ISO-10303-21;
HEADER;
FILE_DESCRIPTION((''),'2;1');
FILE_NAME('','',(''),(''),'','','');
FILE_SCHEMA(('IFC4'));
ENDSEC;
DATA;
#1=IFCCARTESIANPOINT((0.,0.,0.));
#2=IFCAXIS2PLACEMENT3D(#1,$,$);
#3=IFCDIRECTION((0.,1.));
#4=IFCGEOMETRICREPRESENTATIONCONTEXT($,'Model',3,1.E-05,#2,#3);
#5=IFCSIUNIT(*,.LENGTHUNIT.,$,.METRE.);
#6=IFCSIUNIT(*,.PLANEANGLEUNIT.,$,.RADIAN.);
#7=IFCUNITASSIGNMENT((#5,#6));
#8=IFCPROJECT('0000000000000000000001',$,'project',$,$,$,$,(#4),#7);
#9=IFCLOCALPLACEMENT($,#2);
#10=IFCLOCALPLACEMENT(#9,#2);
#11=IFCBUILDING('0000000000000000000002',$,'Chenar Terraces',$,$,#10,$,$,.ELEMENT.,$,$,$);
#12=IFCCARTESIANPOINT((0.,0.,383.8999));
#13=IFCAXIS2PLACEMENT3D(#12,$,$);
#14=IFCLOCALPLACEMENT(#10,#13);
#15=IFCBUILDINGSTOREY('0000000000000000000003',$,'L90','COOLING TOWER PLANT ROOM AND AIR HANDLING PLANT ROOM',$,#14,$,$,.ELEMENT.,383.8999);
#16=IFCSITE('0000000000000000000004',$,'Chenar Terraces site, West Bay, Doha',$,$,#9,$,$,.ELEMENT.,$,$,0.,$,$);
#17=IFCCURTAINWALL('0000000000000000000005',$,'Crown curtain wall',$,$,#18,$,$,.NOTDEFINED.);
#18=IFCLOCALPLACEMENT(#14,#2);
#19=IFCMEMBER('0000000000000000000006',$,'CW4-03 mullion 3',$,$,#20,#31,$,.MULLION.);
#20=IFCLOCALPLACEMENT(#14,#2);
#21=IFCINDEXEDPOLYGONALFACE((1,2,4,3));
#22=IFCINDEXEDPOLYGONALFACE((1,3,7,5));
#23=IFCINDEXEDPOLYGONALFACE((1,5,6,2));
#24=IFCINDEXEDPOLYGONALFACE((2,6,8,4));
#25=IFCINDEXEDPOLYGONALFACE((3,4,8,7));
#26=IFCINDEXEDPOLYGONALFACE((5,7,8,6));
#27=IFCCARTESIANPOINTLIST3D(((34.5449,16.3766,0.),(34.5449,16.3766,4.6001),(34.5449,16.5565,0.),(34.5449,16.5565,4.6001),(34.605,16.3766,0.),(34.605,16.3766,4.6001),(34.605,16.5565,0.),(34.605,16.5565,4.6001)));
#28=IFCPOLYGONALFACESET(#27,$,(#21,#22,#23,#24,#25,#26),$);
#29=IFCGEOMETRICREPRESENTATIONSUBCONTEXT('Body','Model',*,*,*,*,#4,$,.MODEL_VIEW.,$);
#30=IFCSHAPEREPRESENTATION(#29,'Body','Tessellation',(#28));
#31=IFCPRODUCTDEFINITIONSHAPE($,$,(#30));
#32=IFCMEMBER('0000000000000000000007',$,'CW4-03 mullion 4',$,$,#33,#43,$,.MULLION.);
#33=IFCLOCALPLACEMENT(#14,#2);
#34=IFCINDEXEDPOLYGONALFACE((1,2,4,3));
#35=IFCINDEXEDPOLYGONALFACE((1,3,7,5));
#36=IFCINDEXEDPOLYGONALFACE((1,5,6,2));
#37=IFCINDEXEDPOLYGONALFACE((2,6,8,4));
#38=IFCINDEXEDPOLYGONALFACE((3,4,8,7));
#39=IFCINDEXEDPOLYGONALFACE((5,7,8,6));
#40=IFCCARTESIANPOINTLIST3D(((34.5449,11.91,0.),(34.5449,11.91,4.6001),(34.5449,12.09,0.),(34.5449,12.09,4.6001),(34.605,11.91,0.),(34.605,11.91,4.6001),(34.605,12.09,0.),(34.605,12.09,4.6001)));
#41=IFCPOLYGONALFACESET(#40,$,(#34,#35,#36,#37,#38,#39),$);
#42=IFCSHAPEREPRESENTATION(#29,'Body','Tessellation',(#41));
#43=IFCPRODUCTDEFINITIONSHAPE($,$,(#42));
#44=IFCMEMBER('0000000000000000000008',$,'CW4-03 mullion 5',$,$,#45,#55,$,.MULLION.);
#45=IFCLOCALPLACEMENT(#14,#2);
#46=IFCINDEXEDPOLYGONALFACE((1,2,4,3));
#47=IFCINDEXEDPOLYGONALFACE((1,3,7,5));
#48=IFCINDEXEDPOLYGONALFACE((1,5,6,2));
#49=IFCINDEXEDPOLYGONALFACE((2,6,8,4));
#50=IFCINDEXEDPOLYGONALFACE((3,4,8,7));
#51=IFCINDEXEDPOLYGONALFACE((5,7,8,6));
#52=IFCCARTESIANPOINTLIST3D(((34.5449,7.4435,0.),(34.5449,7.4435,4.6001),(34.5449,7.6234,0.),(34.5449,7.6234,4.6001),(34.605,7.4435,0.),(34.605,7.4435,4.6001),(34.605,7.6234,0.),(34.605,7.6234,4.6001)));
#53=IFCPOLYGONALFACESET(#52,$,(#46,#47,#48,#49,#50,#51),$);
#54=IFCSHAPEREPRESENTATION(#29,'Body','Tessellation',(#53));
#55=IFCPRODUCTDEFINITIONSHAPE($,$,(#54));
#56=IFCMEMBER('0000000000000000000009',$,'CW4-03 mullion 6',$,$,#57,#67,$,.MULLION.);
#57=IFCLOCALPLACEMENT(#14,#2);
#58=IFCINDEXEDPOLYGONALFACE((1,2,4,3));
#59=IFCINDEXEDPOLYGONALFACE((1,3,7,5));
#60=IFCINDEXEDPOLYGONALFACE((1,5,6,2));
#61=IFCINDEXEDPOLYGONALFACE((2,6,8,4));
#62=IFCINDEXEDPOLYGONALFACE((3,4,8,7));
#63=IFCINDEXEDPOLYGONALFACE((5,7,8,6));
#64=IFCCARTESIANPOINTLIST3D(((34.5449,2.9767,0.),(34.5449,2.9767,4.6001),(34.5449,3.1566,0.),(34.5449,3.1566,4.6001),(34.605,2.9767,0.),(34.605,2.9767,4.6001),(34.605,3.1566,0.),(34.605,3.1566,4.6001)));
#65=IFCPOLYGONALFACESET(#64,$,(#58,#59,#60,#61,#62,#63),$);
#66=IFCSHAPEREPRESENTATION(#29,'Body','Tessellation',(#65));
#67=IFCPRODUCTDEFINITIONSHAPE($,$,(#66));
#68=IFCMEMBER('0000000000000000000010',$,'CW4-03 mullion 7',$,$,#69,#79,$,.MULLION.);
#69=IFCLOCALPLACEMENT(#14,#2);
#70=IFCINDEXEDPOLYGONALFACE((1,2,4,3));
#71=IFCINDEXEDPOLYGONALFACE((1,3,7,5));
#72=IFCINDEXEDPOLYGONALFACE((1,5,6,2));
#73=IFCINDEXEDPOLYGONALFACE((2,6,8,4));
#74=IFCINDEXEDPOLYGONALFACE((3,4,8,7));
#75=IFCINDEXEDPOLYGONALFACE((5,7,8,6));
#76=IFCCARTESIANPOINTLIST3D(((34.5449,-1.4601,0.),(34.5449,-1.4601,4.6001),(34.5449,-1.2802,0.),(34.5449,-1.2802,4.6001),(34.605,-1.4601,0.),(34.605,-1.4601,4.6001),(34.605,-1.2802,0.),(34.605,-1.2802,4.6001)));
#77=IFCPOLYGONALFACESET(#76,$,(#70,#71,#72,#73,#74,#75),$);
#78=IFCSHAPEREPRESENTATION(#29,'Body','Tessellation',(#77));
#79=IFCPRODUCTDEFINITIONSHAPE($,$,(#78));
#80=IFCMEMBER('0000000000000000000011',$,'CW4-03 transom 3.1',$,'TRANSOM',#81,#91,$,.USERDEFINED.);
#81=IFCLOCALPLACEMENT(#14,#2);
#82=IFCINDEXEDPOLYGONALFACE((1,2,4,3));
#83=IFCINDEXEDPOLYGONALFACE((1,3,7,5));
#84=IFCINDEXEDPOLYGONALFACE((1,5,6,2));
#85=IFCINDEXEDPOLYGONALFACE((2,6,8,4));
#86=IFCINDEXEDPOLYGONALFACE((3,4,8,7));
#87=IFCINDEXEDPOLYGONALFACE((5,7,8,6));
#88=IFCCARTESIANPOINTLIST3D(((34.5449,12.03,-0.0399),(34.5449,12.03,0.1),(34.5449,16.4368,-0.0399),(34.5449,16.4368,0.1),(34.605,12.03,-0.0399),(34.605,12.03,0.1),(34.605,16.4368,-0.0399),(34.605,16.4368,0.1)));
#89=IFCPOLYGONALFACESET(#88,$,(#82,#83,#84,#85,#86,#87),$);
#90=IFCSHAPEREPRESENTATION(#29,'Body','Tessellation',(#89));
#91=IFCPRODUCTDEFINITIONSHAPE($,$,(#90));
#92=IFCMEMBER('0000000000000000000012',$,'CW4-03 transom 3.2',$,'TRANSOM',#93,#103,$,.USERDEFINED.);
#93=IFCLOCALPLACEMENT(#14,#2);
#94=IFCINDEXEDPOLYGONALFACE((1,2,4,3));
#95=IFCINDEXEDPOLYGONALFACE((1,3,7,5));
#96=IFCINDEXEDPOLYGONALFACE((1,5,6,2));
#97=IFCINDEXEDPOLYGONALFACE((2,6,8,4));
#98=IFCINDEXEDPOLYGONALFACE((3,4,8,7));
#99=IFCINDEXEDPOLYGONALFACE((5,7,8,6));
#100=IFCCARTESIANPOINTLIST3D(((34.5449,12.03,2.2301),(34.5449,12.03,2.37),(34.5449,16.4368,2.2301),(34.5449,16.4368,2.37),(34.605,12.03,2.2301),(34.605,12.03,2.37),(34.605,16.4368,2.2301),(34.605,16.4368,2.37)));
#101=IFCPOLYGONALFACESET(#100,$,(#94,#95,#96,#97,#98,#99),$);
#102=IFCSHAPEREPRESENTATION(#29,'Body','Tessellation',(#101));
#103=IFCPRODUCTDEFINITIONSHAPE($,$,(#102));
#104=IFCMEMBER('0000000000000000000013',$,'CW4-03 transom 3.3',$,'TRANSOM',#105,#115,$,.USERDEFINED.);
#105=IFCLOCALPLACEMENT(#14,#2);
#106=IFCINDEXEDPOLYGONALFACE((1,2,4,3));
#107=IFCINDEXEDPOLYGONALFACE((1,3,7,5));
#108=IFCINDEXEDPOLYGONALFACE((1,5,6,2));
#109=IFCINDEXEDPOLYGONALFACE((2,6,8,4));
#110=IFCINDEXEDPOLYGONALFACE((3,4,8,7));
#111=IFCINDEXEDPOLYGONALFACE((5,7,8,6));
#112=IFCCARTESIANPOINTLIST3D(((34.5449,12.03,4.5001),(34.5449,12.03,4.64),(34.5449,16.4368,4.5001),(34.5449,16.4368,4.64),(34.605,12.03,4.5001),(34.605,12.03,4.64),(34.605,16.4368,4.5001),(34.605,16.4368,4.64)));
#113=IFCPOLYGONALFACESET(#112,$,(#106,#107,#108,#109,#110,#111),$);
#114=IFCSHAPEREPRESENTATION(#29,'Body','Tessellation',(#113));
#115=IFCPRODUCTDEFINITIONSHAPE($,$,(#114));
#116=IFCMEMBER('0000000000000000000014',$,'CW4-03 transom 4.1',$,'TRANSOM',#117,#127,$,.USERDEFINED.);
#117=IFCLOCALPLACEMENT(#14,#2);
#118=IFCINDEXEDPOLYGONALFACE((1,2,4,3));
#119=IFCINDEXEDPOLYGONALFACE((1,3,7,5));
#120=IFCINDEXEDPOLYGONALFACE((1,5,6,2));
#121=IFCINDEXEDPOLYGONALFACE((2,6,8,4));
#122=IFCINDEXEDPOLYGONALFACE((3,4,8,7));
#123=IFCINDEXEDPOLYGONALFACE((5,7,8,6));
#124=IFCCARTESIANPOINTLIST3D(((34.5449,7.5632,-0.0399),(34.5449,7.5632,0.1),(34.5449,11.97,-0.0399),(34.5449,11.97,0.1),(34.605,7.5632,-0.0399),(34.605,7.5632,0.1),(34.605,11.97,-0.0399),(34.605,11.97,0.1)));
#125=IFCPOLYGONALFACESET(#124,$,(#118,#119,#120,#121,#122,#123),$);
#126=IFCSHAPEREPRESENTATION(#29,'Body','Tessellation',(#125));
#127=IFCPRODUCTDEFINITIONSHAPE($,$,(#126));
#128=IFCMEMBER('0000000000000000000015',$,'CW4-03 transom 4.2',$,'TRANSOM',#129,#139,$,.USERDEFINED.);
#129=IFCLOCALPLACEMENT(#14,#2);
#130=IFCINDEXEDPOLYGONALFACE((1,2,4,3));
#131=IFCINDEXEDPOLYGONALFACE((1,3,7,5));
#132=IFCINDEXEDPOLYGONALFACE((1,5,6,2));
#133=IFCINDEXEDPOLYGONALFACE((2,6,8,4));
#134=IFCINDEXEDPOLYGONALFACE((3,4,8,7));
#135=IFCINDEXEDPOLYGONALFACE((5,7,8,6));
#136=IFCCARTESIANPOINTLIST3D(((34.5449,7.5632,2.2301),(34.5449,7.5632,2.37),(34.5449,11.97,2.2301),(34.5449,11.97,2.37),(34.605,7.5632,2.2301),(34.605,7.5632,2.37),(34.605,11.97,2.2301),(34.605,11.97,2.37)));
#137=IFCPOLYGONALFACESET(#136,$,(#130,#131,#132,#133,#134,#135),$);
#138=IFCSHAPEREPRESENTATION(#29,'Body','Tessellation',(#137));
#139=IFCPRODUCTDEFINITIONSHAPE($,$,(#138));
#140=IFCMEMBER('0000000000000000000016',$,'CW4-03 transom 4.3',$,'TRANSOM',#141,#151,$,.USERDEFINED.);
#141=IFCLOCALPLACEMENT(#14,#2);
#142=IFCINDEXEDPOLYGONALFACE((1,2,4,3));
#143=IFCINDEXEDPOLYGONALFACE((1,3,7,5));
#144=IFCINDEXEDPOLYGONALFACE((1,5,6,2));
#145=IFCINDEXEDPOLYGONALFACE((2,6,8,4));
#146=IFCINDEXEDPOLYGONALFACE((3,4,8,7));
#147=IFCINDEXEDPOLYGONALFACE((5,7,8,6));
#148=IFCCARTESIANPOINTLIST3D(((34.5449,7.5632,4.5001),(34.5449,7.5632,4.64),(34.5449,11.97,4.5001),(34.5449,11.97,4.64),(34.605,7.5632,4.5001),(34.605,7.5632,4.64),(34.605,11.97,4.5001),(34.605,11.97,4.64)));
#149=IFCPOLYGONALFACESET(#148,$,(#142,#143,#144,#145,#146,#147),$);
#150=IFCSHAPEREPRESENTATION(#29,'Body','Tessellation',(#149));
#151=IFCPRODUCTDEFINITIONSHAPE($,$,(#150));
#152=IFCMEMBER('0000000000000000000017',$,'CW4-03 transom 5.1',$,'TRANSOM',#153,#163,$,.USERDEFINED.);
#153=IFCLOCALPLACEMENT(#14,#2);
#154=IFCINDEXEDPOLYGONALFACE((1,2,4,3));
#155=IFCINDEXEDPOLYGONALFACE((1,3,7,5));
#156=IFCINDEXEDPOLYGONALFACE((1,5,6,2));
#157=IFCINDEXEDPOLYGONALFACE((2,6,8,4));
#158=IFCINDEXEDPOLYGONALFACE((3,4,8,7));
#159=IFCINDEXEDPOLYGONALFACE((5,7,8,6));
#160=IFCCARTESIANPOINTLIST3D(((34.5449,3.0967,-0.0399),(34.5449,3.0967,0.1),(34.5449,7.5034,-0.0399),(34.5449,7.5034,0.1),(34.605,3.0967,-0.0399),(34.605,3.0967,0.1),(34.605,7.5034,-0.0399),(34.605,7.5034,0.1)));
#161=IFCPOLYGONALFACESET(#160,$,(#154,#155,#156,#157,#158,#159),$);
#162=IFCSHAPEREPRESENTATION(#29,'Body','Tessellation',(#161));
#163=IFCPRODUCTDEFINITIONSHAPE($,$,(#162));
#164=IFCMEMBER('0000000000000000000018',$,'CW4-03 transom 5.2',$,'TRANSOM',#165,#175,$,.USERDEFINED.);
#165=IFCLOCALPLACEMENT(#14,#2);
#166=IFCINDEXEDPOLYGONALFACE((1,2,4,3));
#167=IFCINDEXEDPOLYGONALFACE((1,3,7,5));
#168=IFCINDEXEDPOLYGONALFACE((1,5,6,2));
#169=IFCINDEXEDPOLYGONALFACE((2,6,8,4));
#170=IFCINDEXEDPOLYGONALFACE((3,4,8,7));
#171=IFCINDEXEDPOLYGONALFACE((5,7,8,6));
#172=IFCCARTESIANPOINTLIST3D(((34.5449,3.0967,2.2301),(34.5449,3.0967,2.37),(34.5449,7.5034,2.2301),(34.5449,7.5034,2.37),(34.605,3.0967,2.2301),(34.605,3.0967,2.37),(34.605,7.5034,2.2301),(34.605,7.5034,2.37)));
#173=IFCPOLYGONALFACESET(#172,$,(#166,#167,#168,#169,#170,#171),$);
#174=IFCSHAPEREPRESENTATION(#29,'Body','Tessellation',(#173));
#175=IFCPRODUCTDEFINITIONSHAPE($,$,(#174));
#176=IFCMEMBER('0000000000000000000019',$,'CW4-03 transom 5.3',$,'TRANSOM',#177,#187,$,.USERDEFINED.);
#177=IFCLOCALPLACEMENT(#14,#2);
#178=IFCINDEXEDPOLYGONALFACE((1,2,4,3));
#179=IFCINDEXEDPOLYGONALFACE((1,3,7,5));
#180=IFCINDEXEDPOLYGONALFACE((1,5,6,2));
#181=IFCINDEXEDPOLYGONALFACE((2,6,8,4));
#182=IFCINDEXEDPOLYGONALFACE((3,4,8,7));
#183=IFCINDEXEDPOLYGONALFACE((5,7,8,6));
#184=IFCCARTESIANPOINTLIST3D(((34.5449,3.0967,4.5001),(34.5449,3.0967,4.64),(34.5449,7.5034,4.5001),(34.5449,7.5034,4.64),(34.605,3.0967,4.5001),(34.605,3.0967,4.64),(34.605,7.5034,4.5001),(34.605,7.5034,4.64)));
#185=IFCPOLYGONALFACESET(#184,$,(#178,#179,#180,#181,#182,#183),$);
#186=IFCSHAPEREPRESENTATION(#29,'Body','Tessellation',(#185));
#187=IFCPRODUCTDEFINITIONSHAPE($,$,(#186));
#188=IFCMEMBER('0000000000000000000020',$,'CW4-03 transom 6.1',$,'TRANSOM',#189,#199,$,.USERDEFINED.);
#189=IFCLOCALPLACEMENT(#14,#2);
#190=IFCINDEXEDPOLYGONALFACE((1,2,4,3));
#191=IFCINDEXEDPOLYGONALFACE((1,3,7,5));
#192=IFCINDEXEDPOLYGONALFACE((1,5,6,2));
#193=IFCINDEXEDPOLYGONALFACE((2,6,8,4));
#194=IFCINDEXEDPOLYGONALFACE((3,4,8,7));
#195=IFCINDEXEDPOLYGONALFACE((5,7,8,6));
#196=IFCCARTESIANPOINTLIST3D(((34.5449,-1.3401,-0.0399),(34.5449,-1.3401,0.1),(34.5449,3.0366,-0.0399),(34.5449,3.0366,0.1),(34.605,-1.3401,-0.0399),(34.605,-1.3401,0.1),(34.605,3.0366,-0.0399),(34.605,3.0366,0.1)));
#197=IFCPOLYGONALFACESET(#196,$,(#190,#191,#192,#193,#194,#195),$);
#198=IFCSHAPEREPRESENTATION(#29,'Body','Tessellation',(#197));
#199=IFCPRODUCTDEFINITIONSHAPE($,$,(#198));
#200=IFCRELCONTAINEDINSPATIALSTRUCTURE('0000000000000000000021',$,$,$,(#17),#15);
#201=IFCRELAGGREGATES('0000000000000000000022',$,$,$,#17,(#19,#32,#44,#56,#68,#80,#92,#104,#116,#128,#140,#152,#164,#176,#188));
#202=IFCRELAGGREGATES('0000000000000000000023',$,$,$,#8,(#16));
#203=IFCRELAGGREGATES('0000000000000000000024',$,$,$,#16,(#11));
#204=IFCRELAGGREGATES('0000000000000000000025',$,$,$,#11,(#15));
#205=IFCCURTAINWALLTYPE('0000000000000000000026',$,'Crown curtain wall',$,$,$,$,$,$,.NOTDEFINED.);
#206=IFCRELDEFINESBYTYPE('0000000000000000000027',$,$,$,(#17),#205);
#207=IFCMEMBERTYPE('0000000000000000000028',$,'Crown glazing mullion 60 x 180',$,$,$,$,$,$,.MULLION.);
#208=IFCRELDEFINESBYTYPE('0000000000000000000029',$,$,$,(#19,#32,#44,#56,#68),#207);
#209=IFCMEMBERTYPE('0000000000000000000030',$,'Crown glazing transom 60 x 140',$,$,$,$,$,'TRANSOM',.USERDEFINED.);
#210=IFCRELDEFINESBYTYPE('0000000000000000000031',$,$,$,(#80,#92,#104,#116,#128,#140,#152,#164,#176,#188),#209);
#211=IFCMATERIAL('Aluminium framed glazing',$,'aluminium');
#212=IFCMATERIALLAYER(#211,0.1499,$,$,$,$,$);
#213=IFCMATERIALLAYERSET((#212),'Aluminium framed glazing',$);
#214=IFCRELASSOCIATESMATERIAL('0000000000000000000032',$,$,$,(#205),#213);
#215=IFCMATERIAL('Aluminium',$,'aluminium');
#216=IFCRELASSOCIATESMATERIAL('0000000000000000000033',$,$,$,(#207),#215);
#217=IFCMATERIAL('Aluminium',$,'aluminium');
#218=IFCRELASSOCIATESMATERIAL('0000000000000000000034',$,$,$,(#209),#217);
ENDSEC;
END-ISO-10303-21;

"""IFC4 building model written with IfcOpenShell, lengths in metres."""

from ifc_helpers import new_model, si_unit, direction, frame, origin, origin_2d, place, context, subcontext, project, spatial, rectangle, extrude, material, layer, layer_set, material_profile, profile_set, type_object, element, aggregate, save


model = new_model("IFC4")

# Units and contexts
model_context = context("Model", 3, precision=1e-05, world=origin(), true_north=direction((0.0, 1.0)))
body_context = subcontext(model_context, "Body", "Model", "MODEL_VIEW")
ifc_project = project(units=[si_unit("LENGTHUNIT", "METRE"), si_unit("PLANEANGLEUNIT", "RADIAN")], contexts=[model_context])

# Site, building, storey
site_placement = place(None, origin())
site = spatial("IfcSite", under=ifc_project, at=site_placement, Name="Chenar Terraces site, West Bay, Doha", CompositionType="ELEMENT", RefElevation=0.0)
building_placement = place(site_placement, origin())
building = spatial("IfcBuilding", under=site, at=building_placement, Name="Chenar Terraces", CompositionType="ELEMENT")
storey_placement = place(building_placement, frame((0.0, 0.0, 383.8999)))
storey = spatial("IfcBuildingStorey", under=building, at=storey_placement, Name="L90", Description="COOLING TOWER PLANT ROOM AND AIR HANDLING PLANT ROOM", CompositionType="ELEMENT", Elevation=383.8999)

# Curtain wall, members
ifc_material_1 = material(Name="Aluminium framed glazing", Category="aluminium")
ifc_layer_1 = layer(ifc_material_1, 0.1499)
ifc_layer_set_1 = layer_set([ifc_layer_1], Name="Aluminium framed glazing")
curtain_wall_type = type_object("IfcCurtainWallType", Name="Crown curtain wall", PredefinedType="NOTDEFINED", material=ifc_layer_set_1)
curtain_wall_placement = place(storey_placement, origin())
curtain_wall = element("IfcCurtainWall", 1, at=curtain_wall_placement, inside=storey, type_object=curtain_wall_type, Name="Crown curtain wall", PredefinedType="NOTDEFINED")
ifc_material_2 = material(Name="Aluminium", Category="aluminium")
ifc_material_profile_1 = material_profile(ifc_material_2, rectangle(XDim=0.0601, YDim=0.1799, at=origin_2d()), Name="Crown glazing mullion 60 x 180")
ifc_profile_set_1 = profile_set([ifc_material_profile_1], Name="Aluminium")
member_type_1 = type_object("IfcMemberType", Name="Crown glazing mullion 60 x 180", PredefinedType="MULLION", material=ifc_profile_set_1)
member_1_placement = place(storey_placement, frame((34.575, 16.4666, 0.0), z_axis=(0.0, 0.0, 1.0), x_axis=(1.0, 0.0, 0.0)))
member_1 = element("IfcMember", 2, at=member_1_placement, type_object=member_type_1, Name="CW4-03 mullion 3", PredefinedType="MULLION", context=body_context, shape_type="SweptSolid", body=[
    extrude(rectangle(XDim=0.0601, YDim=0.1799, at=origin_2d()), origin(), (0.0, 0.0, 1.0), 4.6001),
])
member_2_placement = place(storey_placement, frame((34.575, 12.0, 0.0), z_axis=(0.0, 0.0, 1.0), x_axis=(1.0, 0.0, 0.0)))
member_2 = element("IfcMember", 3, at=member_2_placement, type_object=member_type_1, Name="CW4-03 mullion 4", PredefinedType="MULLION", context=body_context, shape_type="SweptSolid", body=[
    extrude(rectangle(XDim=0.0601, YDim=0.1799, at=origin_2d()), origin(), (0.0, 0.0, 1.0), 4.6001),
])
member_3_placement = place(storey_placement, frame((34.575, 7.5334, 0.0), z_axis=(0.0, 0.0, 1.0), x_axis=(1.0, 0.0, 0.0)))
member_3 = element("IfcMember", 4, at=member_3_placement, type_object=member_type_1, Name="CW4-03 mullion 5", PredefinedType="MULLION", context=body_context, shape_type="SweptSolid", body=[
    extrude(rectangle(XDim=0.0601, YDim=0.1799, at=origin_2d()), origin(), (0.0, 0.0, 1.0), 4.6001),
])
member_4_placement = place(storey_placement, frame((34.575, 3.0667, 0.0), z_axis=(0.0, 0.0, 1.0), x_axis=(1.0, 0.0, 0.0)))
member_4 = element("IfcMember", 5, at=member_4_placement, type_object=member_type_1, Name="CW4-03 mullion 6", PredefinedType="MULLION", context=body_context, shape_type="SweptSolid", body=[
    extrude(rectangle(XDim=0.0601, YDim=0.1799, at=origin_2d()), origin(), (0.0, 0.0, 1.0), 4.6001),
])
member_5_placement = place(storey_placement, frame((34.575, -1.3701, 0.0), z_axis=(0.0, 0.0, 1.0), x_axis=(1.0, 0.0, 0.0)))
member_5 = element("IfcMember", 6, at=member_5_placement, type_object=member_type_1, Name="CW4-03 mullion 7", PredefinedType="MULLION", context=body_context, shape_type="SweptSolid", body=[
    extrude(rectangle(XDim=0.0601, YDim=0.1799, at=origin_2d()), origin(), (0.0, 0.0, 1.0), 4.6001),
])
ifc_material_3 = material(Name="Aluminium", Category="aluminium")
ifc_material_profile_2 = material_profile(ifc_material_3, rectangle(XDim=0.0601, YDim=0.1399, at=origin_2d()), Name="Crown glazing transom 60 x 140")
ifc_profile_set_2 = profile_set([ifc_material_profile_2], Name="Aluminium")
member_type_2 = type_object("IfcMemberType", Name="Crown glazing transom 60 x 140", ElementType="TRANSOM", PredefinedType="USERDEFINED", material=ifc_profile_set_2)
member_6_placement = place(storey_placement, frame((34.575, 16.4368, 0.03), z_axis=(0.0, -1.0, 0.0), x_axis=(1.0, 0.0, 0.0)))
member_6 = element("IfcMember", 7, at=member_6_placement, type_object=member_type_2, Name="CW4-03 transom 3.1", ObjectType="TRANSOM", PredefinedType="USERDEFINED", context=body_context, shape_type="SweptSolid", body=[
    extrude(rectangle(XDim=0.0601, YDim=0.1399, at=origin_2d()), origin(), (0.0, 0.0, 1.0), 4.4067),
])
member_7_placement = place(storey_placement, frame((34.575, 16.4368, 2.3), z_axis=(0.0, -1.0, 0.0), x_axis=(1.0, 0.0, 0.0)))
member_7 = element("IfcMember", 8, at=member_7_placement, type_object=member_type_2, Name="CW4-03 transom 3.2", ObjectType="TRANSOM", PredefinedType="USERDEFINED", context=body_context, shape_type="SweptSolid", body=[
    extrude(rectangle(XDim=0.0601, YDim=0.1399, at=origin_2d()), origin(), (0.0, 0.0, 1.0), 4.4067),
])
member_8_placement = place(storey_placement, frame((34.575, 16.4368, 4.5701), z_axis=(0.0, -1.0, 0.0), x_axis=(1.0, 0.0, 0.0)))
member_8 = element("IfcMember", 9, at=member_8_placement, type_object=member_type_2, Name="CW4-03 transom 3.3", ObjectType="TRANSOM", PredefinedType="USERDEFINED", context=body_context, shape_type="SweptSolid", body=[
    extrude(rectangle(XDim=0.0601, YDim=0.1399, at=origin_2d()), origin(), (0.0, 0.0, 1.0), 4.4067),
])
member_9_placement = place(storey_placement, frame((34.575, 11.97, 0.03), z_axis=(0.0, -1.0, 0.0), x_axis=(1.0, 0.0, 0.0)))
member_9 = element("IfcMember", 10, at=member_9_placement, type_object=member_type_2, Name="CW4-03 transom 4.1", ObjectType="TRANSOM", PredefinedType="USERDEFINED", context=body_context, shape_type="SweptSolid", body=[
    extrude(rectangle(XDim=0.0601, YDim=0.1399, at=origin_2d()), origin(), (0.0, 0.0, 1.0), 4.4067),
])
member_10_placement = place(storey_placement, frame((34.575, 11.97, 2.3), z_axis=(0.0, -1.0, 0.0), x_axis=(1.0, 0.0, 0.0)))
member_10 = element("IfcMember", 11, at=member_10_placement, type_object=member_type_2, Name="CW4-03 transom 4.2", ObjectType="TRANSOM", PredefinedType="USERDEFINED", context=body_context, shape_type="SweptSolid", body=[
    extrude(rectangle(XDim=0.0601, YDim=0.1399, at=origin_2d()), origin(), (0.0, 0.0, 1.0), 4.4067),
])
member_11_placement = place(storey_placement, frame((34.575, 11.97, 4.5701), z_axis=(0.0, -1.0, 0.0), x_axis=(1.0, 0.0, 0.0)))
member_11 = element("IfcMember", 12, at=member_11_placement, type_object=member_type_2, Name="CW4-03 transom 4.3", ObjectType="TRANSOM", PredefinedType="USERDEFINED", context=body_context, shape_type="SweptSolid", body=[
    extrude(rectangle(XDim=0.0601, YDim=0.1399, at=origin_2d()), origin(), (0.0, 0.0, 1.0), 4.4067),
])
member_12_placement = place(storey_placement, frame((34.575, 7.5034, 0.03), z_axis=(0.0, -1.0, 0.0), x_axis=(1.0, 0.0, 0.0)))
member_12 = element("IfcMember", 13, at=member_12_placement, type_object=member_type_2, Name="CW4-03 transom 5.1", ObjectType="TRANSOM", PredefinedType="USERDEFINED", context=body_context, shape_type="SweptSolid", body=[
    extrude(rectangle(XDim=0.0601, YDim=0.1399, at=origin_2d()), origin(), (0.0, 0.0, 1.0), 4.4067),
])
member_13_placement = place(storey_placement, frame((34.575, 7.5034, 2.3), z_axis=(0.0, -1.0, 0.0), x_axis=(1.0, 0.0, 0.0)))
member_13 = element("IfcMember", 14, at=member_13_placement, type_object=member_type_2, Name="CW4-03 transom 5.2", ObjectType="TRANSOM", PredefinedType="USERDEFINED", context=body_context, shape_type="SweptSolid", body=[
    extrude(rectangle(XDim=0.0601, YDim=0.1399, at=origin_2d()), origin(), (0.0, 0.0, 1.0), 4.4067),
])
member_14_placement = place(storey_placement, frame((34.575, 7.5034, 4.5701), z_axis=(0.0, -1.0, 0.0), x_axis=(1.0, 0.0, 0.0)))
member_14 = element("IfcMember", 15, at=member_14_placement, type_object=member_type_2, Name="CW4-03 transom 5.3", ObjectType="TRANSOM", PredefinedType="USERDEFINED", context=body_context, shape_type="SweptSolid", body=[
    extrude(rectangle(XDim=0.0601, YDim=0.1399, at=origin_2d()), origin(), (0.0, 0.0, 1.0), 4.4067),
])
member_15_placement = place(storey_placement, frame((34.575, 3.0366, 0.03), z_axis=(0.0, -1.0, 0.0), x_axis=(1.0, 0.0, 0.0)))
member_15 = element("IfcMember", 16, at=member_15_placement, type_object=member_type_2, Name="CW4-03 transom 6.1", ObjectType="TRANSOM", PredefinedType="USERDEFINED", context=body_context, shape_type="SweptSolid", body=[
    extrude(rectangle(XDim=0.0601, YDim=0.1399, at=origin_2d()), origin(), (0.0, 0.0, 1.0), 4.3767),
])
aggregate(curtain_wall, [member_1, member_2, member_3, member_4, member_5, member_6, member_7, member_8, member_9, member_10, member_11, member_12, member_13, member_14, member_15])

save(model, "model.ifc")
